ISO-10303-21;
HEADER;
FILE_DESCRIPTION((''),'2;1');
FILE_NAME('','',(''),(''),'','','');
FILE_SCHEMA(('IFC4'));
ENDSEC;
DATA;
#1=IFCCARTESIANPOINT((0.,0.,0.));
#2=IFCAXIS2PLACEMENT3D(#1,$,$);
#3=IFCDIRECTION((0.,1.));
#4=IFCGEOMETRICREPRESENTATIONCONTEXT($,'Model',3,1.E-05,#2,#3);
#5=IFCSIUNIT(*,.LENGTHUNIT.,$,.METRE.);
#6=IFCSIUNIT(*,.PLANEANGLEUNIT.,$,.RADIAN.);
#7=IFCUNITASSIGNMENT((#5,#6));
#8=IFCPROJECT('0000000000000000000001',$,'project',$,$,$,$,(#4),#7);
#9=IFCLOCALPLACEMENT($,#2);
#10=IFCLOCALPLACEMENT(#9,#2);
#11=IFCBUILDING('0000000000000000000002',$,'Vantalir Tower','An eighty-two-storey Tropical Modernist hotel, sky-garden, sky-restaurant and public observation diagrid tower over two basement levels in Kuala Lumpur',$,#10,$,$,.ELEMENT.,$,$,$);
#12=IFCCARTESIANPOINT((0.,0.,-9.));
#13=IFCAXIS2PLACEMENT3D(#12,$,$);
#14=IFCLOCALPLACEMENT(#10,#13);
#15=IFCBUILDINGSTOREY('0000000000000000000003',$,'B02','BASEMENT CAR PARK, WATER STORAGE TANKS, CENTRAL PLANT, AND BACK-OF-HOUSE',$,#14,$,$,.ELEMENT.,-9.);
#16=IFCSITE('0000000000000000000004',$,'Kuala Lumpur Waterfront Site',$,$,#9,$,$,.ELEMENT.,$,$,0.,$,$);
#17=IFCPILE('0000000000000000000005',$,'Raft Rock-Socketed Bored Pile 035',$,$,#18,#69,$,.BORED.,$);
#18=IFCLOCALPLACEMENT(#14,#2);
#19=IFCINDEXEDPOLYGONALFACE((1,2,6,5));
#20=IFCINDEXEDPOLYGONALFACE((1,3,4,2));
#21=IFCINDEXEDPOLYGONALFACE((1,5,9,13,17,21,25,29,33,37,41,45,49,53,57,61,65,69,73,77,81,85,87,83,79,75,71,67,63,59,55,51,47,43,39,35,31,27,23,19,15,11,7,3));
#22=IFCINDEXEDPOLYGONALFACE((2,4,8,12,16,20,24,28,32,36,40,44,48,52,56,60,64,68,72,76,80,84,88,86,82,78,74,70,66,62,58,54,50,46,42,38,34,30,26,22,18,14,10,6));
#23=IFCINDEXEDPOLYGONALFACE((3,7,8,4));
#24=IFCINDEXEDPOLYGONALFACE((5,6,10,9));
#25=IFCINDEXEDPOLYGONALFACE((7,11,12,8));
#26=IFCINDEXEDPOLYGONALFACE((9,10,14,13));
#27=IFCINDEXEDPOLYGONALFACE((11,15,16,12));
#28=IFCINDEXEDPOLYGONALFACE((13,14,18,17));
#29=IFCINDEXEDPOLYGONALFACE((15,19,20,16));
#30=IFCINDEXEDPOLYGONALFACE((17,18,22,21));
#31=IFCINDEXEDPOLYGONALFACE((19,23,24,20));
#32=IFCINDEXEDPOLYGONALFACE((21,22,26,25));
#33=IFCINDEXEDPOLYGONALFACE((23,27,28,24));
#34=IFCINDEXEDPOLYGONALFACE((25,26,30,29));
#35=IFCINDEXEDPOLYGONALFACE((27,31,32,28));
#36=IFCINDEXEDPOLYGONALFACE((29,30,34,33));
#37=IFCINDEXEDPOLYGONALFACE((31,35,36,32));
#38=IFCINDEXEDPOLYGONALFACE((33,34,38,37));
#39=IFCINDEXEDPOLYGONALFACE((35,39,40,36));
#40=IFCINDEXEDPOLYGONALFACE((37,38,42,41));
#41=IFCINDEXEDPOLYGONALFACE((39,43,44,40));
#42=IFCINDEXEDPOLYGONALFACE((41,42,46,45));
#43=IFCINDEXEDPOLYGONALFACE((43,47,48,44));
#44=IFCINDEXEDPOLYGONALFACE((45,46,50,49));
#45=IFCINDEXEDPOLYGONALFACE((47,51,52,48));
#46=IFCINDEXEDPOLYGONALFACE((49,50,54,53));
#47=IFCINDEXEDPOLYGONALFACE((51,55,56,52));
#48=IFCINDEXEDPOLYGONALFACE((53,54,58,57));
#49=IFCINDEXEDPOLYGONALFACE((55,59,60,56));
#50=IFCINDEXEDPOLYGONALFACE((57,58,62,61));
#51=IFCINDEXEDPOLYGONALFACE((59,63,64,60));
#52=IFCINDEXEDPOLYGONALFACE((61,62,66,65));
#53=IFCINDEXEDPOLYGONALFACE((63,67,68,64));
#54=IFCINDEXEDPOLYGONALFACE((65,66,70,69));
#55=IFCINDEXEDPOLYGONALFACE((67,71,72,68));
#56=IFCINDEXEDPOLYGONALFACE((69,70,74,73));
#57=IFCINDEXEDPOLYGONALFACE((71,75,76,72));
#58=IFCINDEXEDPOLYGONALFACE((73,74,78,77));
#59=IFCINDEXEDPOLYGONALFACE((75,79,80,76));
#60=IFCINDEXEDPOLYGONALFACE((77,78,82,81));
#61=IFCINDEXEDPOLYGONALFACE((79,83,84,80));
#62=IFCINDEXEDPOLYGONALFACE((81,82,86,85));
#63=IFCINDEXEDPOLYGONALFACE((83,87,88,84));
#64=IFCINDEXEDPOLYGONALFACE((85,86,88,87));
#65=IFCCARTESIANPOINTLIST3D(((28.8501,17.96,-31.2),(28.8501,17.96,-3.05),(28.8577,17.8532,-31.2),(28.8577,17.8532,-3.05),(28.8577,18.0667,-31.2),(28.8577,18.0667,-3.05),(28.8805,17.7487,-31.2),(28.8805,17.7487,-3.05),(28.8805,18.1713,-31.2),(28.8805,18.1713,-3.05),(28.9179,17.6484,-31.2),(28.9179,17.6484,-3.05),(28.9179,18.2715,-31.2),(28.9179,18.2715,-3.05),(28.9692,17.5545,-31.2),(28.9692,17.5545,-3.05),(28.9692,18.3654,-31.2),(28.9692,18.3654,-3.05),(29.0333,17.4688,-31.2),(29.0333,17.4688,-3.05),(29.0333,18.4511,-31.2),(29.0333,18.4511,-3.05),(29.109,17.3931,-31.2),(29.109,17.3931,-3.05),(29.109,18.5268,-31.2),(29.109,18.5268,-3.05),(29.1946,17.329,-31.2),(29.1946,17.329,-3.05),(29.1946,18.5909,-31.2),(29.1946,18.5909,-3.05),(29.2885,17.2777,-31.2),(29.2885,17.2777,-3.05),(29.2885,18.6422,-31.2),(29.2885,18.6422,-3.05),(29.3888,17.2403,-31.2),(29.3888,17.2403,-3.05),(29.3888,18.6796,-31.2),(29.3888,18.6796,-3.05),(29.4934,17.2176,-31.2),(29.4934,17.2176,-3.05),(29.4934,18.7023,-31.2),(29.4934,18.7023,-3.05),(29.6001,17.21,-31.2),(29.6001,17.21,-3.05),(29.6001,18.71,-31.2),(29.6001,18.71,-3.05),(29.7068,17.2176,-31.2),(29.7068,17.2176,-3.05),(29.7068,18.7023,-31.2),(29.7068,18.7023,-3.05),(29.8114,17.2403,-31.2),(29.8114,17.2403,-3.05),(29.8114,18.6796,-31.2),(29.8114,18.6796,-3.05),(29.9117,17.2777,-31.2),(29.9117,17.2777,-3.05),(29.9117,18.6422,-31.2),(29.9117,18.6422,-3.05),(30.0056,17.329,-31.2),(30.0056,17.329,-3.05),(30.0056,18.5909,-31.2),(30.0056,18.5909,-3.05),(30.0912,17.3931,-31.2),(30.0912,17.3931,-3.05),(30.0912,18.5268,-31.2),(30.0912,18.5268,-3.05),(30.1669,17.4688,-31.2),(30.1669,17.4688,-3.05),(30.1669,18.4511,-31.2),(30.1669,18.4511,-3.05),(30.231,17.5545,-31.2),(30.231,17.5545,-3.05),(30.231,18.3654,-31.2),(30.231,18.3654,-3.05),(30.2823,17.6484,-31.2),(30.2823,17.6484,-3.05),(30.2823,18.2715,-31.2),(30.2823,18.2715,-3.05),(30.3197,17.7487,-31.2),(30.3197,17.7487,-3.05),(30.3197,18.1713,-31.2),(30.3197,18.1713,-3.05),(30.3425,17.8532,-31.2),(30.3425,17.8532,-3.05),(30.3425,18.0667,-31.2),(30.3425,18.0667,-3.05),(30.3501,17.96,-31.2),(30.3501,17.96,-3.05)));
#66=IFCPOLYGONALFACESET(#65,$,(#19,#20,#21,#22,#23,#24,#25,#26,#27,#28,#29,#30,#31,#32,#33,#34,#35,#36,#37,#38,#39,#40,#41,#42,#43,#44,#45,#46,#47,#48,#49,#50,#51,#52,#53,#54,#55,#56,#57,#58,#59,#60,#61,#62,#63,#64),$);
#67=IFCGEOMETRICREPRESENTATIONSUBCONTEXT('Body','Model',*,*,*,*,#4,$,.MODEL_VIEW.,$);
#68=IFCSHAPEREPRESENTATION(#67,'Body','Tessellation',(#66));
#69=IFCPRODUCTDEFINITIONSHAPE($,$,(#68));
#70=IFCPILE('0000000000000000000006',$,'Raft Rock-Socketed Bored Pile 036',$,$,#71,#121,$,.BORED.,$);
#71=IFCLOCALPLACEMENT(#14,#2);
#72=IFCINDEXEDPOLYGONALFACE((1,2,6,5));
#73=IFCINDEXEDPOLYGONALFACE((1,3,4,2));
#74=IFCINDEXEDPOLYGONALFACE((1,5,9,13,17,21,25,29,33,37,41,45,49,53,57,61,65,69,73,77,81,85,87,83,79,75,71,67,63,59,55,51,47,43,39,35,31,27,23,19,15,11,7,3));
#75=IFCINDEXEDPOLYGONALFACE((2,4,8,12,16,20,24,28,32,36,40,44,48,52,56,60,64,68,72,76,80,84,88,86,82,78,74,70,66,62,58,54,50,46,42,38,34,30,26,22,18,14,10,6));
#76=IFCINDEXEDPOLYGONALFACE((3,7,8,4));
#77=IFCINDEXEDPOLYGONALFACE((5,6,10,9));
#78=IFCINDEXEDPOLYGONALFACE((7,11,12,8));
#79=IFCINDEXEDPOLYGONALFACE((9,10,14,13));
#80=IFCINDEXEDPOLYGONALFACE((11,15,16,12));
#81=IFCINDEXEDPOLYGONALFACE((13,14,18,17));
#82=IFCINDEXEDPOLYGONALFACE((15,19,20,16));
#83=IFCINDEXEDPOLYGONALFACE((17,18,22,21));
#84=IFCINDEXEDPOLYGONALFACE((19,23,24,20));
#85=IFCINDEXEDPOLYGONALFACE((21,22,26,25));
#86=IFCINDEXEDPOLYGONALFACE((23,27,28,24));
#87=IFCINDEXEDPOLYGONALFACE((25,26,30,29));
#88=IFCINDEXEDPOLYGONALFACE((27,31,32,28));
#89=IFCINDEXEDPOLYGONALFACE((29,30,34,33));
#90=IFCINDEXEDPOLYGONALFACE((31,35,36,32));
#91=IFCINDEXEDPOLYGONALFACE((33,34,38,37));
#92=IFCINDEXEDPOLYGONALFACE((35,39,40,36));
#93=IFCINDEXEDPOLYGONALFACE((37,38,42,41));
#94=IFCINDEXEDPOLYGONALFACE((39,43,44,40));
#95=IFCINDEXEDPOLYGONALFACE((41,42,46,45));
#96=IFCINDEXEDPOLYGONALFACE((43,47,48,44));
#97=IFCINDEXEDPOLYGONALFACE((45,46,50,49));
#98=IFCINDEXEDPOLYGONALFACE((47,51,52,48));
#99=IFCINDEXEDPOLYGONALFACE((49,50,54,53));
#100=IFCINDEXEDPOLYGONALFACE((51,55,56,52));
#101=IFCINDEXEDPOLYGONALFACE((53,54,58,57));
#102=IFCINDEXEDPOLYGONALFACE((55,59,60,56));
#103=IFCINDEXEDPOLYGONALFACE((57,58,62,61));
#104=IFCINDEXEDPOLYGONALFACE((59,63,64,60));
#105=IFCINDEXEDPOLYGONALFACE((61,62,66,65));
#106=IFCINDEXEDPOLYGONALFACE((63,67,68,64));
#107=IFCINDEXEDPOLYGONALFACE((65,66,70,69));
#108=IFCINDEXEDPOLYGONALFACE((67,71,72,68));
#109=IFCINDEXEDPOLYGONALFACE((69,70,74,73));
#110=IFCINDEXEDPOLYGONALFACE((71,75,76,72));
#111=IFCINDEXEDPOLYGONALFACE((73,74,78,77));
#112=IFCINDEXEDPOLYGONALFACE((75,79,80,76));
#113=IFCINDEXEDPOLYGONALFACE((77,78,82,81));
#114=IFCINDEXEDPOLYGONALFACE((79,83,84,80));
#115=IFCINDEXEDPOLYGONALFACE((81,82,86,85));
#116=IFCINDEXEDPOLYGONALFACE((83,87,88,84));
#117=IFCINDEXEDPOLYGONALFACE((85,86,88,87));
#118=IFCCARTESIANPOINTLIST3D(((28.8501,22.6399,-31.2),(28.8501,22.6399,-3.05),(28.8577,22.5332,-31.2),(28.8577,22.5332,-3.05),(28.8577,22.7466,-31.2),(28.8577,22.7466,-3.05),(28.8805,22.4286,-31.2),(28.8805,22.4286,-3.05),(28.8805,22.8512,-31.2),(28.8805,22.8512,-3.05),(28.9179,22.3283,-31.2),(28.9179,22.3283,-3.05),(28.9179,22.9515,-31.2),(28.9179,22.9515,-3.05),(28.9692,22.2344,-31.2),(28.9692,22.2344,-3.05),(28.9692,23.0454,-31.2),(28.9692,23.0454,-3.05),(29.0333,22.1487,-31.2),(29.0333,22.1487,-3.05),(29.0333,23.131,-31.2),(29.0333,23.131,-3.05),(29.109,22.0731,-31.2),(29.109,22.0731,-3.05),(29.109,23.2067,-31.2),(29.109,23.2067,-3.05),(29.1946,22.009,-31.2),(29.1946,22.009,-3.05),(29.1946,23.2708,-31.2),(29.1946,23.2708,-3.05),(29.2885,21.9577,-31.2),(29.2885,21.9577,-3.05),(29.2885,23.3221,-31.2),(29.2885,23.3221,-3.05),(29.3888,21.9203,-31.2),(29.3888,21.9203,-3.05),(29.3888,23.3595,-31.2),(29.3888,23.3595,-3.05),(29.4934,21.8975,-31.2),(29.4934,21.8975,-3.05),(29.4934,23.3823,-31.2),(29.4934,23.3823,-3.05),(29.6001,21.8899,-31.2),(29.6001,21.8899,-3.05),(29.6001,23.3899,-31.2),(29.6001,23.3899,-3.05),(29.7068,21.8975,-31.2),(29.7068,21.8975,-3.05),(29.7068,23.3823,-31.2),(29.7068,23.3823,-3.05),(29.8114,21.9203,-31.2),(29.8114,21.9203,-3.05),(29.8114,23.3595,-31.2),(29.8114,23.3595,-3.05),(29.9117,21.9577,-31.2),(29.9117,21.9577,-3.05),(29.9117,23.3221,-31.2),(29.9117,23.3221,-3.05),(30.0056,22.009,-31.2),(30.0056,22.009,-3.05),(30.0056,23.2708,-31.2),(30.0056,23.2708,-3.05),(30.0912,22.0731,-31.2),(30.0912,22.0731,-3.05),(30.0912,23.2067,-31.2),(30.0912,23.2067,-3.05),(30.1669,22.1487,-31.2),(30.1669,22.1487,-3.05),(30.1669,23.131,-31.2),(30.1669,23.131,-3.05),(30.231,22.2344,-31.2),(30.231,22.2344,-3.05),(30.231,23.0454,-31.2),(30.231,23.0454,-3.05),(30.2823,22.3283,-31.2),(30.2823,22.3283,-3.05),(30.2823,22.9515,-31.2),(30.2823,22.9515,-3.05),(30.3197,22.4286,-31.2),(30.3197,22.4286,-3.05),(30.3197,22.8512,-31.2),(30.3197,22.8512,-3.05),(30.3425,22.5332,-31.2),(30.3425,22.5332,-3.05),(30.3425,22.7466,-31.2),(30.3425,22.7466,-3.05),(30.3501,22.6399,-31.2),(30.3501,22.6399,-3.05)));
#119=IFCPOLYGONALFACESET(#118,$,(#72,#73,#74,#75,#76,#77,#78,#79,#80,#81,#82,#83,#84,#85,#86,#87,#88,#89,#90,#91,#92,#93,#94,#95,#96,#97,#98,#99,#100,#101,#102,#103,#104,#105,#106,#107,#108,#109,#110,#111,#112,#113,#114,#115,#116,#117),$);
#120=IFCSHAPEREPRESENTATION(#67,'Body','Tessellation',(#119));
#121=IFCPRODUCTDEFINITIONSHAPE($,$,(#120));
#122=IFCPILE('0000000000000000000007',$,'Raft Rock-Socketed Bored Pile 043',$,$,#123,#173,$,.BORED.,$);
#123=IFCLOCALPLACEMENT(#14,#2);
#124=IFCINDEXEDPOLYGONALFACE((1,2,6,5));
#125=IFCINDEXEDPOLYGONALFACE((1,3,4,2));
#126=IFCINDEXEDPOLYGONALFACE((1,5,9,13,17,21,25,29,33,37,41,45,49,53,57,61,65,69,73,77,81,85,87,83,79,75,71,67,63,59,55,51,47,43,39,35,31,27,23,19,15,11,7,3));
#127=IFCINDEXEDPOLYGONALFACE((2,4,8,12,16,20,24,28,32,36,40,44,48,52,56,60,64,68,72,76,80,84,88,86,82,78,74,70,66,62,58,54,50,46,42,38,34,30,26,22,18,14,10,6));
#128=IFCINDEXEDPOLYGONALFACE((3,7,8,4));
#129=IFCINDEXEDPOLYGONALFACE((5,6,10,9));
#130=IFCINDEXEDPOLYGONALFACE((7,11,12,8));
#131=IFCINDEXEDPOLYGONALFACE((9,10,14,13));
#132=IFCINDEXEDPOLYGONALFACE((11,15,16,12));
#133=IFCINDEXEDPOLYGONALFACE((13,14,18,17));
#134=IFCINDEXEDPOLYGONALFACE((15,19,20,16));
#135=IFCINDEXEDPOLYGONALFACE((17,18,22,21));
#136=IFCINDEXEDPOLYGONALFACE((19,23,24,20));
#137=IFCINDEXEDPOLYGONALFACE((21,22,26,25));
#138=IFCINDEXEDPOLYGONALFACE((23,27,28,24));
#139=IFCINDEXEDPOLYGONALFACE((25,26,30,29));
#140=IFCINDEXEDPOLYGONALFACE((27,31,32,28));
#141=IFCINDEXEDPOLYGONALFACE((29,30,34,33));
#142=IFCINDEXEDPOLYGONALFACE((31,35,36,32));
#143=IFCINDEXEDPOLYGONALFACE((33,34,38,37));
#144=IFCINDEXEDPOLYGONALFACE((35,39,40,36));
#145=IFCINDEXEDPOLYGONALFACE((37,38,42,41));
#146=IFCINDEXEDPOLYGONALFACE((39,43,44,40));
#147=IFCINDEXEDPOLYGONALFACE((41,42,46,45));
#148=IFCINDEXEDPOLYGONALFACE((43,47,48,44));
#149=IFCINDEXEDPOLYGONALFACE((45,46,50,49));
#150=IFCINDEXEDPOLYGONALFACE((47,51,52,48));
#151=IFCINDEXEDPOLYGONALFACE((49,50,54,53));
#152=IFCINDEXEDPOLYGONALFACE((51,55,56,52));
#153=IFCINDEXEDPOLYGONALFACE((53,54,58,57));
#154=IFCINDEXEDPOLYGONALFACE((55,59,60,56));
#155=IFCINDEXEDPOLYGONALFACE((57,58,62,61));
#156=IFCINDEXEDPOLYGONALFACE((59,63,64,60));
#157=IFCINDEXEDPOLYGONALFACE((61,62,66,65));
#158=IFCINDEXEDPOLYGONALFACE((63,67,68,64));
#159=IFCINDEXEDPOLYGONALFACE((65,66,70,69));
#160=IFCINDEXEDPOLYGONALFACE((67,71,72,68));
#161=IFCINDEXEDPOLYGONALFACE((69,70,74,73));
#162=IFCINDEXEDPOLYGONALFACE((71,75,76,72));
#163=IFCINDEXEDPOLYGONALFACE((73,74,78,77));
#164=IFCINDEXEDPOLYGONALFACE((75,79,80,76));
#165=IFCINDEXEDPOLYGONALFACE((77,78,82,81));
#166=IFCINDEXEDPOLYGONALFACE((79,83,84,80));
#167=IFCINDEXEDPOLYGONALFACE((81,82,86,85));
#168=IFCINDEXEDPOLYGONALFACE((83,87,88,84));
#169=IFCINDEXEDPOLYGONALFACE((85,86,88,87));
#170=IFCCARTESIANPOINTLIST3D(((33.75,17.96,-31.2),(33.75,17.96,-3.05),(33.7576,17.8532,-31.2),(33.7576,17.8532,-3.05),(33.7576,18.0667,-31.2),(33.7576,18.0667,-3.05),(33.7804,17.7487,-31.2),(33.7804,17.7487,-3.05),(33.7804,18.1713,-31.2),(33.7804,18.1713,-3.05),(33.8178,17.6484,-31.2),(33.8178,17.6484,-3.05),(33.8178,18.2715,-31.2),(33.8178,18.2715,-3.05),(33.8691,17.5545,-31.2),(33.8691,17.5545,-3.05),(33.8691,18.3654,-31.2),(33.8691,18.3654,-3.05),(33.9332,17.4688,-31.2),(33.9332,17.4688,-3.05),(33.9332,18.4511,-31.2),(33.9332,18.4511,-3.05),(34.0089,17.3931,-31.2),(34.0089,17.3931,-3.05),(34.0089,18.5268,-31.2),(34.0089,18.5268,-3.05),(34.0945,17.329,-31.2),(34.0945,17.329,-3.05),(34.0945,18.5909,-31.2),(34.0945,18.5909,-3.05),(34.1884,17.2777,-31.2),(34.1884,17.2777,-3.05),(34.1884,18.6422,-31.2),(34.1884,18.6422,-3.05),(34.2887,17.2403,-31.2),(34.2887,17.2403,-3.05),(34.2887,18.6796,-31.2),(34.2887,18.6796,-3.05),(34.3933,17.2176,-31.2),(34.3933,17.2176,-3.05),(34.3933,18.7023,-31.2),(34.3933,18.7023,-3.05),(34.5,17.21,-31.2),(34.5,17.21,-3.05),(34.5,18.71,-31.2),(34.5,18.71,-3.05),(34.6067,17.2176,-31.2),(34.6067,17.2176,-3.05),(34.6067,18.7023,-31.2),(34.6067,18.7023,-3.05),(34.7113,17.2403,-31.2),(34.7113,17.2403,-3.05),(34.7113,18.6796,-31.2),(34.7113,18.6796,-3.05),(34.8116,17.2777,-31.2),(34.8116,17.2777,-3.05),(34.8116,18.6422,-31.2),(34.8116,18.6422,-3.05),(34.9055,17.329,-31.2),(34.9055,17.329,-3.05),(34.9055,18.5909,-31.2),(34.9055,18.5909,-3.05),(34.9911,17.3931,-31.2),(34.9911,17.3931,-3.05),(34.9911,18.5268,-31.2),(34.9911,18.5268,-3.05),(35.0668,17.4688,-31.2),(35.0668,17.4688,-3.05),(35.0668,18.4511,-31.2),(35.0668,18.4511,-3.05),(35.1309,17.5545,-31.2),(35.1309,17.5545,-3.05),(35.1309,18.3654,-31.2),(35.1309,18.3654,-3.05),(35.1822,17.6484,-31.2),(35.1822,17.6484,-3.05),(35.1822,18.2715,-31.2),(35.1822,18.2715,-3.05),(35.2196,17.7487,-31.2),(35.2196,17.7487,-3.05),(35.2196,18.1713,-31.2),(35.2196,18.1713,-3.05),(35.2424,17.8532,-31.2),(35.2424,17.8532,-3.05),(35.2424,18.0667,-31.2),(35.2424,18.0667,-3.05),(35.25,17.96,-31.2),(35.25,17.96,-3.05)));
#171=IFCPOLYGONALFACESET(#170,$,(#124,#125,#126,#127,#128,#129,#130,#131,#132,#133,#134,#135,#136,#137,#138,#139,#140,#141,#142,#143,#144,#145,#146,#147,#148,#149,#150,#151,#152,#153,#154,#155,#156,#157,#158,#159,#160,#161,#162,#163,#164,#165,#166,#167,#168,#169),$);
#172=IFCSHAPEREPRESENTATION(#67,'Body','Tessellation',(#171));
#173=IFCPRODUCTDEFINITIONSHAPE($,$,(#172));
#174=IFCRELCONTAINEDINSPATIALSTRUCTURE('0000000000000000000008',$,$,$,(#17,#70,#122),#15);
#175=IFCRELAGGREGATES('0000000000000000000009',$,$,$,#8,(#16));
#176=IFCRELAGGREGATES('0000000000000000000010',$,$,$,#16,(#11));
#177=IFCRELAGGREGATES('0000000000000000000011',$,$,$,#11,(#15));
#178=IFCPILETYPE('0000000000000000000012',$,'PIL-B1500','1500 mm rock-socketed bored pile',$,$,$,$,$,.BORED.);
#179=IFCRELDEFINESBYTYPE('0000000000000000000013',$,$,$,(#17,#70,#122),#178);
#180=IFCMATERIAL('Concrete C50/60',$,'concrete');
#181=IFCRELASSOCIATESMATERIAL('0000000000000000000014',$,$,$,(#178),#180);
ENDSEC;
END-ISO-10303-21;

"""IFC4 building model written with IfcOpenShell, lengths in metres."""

from ifc_helpers import new_model, si_unit, direction, frame, origin, origin_2d, place, context, subcontext, project, spatial, circle, extrude, material, material_profile, profile_set, type_object, element, save


model = new_model("IFC4")

# Units and contexts
model_context = context("Model", 3, precision=1e-05, world=origin(), true_north=direction((0.0, 1.0)))
body_context = subcontext(model_context, "Body", "Model", "MODEL_VIEW")
ifc_project = project(units=[si_unit("LENGTHUNIT", "METRE"), si_unit("PLANEANGLEUNIT", "RADIAN")], contexts=[model_context])

# Site, building, storey
site_placement = place(None, origin())
site = spatial("IfcSite", under=ifc_project, at=site_placement, Name="Kuala Lumpur Waterfront Site", CompositionType="ELEMENT", RefElevation=0.0)
building_placement = place(site_placement, origin())
building = spatial("IfcBuilding", under=site, at=building_placement, Name="Vantalir Tower", Description="An eighty-two-storey Tropical Modernist hotel, sky-garden, sky-restaurant and public observation diagrid tower over two basement levels in Kuala Lumpur", CompositionType="ELEMENT")
storey_placement = place(building_placement, frame((0.0, 0.0, -9.0)))
storey = spatial("IfcBuildingStorey", under=building, at=storey_placement, Name="B02", Description="BASEMENT CAR PARK, WATER STORAGE TANKS, CENTRAL PLANT, AND BACK-OF-HOUSE", CompositionType="ELEMENT", Elevation=-9.0)

# Piles
ifc_material_1 = material(Name="Concrete C50/60", Category="concrete")
ifc_material_profile_1 = material_profile(ifc_material_1, circle(Radius=0.75, at=origin_2d()), Name="Concrete C50/60")
ifc_profile_set_1 = profile_set([ifc_material_profile_1], Name="Concrete C50/60")
pile_type_1 = type_object("IfcPileType", Name="PIL-B1500", Description="1500 mm rock-socketed bored pile", PredefinedType="BORED", material=ifc_profile_set_1)
for number, where, z_axis, x_axis, name in (
    (1, (29.6001, 17.96, -3.05), (0.0, 0.0, -1.0), (1.0, 0.0, 0.0), "Raft Rock-Socketed Bored Pile 035"),
    (2, (29.6001, 22.6399, -3.05), (0.0, 0.0, -1.0), (1.0, 0.0, 0.0), "Raft Rock-Socketed Bored Pile 036"),
    (3, (34.5, 17.96, -3.05), (0.0, 0.0, -1.0), (1.0, 0.0, 0.0), "Raft Rock-Socketed Bored Pile 043"),
):
    element("IfcPile", number, at=place(storey_placement, frame(where, z_axis=z_axis, x_axis=x_axis)), inside=storey, type_object=pile_type_1, Name=name, PredefinedType="BORED", context=body_context, shape_type="SweptSolid", body=[
        extrude(circle(Radius=0.75, at=origin_2d()), origin(), (0.0, 0.0, 1.0), 28.1499),
    ])

save(model, "model.ifc")
